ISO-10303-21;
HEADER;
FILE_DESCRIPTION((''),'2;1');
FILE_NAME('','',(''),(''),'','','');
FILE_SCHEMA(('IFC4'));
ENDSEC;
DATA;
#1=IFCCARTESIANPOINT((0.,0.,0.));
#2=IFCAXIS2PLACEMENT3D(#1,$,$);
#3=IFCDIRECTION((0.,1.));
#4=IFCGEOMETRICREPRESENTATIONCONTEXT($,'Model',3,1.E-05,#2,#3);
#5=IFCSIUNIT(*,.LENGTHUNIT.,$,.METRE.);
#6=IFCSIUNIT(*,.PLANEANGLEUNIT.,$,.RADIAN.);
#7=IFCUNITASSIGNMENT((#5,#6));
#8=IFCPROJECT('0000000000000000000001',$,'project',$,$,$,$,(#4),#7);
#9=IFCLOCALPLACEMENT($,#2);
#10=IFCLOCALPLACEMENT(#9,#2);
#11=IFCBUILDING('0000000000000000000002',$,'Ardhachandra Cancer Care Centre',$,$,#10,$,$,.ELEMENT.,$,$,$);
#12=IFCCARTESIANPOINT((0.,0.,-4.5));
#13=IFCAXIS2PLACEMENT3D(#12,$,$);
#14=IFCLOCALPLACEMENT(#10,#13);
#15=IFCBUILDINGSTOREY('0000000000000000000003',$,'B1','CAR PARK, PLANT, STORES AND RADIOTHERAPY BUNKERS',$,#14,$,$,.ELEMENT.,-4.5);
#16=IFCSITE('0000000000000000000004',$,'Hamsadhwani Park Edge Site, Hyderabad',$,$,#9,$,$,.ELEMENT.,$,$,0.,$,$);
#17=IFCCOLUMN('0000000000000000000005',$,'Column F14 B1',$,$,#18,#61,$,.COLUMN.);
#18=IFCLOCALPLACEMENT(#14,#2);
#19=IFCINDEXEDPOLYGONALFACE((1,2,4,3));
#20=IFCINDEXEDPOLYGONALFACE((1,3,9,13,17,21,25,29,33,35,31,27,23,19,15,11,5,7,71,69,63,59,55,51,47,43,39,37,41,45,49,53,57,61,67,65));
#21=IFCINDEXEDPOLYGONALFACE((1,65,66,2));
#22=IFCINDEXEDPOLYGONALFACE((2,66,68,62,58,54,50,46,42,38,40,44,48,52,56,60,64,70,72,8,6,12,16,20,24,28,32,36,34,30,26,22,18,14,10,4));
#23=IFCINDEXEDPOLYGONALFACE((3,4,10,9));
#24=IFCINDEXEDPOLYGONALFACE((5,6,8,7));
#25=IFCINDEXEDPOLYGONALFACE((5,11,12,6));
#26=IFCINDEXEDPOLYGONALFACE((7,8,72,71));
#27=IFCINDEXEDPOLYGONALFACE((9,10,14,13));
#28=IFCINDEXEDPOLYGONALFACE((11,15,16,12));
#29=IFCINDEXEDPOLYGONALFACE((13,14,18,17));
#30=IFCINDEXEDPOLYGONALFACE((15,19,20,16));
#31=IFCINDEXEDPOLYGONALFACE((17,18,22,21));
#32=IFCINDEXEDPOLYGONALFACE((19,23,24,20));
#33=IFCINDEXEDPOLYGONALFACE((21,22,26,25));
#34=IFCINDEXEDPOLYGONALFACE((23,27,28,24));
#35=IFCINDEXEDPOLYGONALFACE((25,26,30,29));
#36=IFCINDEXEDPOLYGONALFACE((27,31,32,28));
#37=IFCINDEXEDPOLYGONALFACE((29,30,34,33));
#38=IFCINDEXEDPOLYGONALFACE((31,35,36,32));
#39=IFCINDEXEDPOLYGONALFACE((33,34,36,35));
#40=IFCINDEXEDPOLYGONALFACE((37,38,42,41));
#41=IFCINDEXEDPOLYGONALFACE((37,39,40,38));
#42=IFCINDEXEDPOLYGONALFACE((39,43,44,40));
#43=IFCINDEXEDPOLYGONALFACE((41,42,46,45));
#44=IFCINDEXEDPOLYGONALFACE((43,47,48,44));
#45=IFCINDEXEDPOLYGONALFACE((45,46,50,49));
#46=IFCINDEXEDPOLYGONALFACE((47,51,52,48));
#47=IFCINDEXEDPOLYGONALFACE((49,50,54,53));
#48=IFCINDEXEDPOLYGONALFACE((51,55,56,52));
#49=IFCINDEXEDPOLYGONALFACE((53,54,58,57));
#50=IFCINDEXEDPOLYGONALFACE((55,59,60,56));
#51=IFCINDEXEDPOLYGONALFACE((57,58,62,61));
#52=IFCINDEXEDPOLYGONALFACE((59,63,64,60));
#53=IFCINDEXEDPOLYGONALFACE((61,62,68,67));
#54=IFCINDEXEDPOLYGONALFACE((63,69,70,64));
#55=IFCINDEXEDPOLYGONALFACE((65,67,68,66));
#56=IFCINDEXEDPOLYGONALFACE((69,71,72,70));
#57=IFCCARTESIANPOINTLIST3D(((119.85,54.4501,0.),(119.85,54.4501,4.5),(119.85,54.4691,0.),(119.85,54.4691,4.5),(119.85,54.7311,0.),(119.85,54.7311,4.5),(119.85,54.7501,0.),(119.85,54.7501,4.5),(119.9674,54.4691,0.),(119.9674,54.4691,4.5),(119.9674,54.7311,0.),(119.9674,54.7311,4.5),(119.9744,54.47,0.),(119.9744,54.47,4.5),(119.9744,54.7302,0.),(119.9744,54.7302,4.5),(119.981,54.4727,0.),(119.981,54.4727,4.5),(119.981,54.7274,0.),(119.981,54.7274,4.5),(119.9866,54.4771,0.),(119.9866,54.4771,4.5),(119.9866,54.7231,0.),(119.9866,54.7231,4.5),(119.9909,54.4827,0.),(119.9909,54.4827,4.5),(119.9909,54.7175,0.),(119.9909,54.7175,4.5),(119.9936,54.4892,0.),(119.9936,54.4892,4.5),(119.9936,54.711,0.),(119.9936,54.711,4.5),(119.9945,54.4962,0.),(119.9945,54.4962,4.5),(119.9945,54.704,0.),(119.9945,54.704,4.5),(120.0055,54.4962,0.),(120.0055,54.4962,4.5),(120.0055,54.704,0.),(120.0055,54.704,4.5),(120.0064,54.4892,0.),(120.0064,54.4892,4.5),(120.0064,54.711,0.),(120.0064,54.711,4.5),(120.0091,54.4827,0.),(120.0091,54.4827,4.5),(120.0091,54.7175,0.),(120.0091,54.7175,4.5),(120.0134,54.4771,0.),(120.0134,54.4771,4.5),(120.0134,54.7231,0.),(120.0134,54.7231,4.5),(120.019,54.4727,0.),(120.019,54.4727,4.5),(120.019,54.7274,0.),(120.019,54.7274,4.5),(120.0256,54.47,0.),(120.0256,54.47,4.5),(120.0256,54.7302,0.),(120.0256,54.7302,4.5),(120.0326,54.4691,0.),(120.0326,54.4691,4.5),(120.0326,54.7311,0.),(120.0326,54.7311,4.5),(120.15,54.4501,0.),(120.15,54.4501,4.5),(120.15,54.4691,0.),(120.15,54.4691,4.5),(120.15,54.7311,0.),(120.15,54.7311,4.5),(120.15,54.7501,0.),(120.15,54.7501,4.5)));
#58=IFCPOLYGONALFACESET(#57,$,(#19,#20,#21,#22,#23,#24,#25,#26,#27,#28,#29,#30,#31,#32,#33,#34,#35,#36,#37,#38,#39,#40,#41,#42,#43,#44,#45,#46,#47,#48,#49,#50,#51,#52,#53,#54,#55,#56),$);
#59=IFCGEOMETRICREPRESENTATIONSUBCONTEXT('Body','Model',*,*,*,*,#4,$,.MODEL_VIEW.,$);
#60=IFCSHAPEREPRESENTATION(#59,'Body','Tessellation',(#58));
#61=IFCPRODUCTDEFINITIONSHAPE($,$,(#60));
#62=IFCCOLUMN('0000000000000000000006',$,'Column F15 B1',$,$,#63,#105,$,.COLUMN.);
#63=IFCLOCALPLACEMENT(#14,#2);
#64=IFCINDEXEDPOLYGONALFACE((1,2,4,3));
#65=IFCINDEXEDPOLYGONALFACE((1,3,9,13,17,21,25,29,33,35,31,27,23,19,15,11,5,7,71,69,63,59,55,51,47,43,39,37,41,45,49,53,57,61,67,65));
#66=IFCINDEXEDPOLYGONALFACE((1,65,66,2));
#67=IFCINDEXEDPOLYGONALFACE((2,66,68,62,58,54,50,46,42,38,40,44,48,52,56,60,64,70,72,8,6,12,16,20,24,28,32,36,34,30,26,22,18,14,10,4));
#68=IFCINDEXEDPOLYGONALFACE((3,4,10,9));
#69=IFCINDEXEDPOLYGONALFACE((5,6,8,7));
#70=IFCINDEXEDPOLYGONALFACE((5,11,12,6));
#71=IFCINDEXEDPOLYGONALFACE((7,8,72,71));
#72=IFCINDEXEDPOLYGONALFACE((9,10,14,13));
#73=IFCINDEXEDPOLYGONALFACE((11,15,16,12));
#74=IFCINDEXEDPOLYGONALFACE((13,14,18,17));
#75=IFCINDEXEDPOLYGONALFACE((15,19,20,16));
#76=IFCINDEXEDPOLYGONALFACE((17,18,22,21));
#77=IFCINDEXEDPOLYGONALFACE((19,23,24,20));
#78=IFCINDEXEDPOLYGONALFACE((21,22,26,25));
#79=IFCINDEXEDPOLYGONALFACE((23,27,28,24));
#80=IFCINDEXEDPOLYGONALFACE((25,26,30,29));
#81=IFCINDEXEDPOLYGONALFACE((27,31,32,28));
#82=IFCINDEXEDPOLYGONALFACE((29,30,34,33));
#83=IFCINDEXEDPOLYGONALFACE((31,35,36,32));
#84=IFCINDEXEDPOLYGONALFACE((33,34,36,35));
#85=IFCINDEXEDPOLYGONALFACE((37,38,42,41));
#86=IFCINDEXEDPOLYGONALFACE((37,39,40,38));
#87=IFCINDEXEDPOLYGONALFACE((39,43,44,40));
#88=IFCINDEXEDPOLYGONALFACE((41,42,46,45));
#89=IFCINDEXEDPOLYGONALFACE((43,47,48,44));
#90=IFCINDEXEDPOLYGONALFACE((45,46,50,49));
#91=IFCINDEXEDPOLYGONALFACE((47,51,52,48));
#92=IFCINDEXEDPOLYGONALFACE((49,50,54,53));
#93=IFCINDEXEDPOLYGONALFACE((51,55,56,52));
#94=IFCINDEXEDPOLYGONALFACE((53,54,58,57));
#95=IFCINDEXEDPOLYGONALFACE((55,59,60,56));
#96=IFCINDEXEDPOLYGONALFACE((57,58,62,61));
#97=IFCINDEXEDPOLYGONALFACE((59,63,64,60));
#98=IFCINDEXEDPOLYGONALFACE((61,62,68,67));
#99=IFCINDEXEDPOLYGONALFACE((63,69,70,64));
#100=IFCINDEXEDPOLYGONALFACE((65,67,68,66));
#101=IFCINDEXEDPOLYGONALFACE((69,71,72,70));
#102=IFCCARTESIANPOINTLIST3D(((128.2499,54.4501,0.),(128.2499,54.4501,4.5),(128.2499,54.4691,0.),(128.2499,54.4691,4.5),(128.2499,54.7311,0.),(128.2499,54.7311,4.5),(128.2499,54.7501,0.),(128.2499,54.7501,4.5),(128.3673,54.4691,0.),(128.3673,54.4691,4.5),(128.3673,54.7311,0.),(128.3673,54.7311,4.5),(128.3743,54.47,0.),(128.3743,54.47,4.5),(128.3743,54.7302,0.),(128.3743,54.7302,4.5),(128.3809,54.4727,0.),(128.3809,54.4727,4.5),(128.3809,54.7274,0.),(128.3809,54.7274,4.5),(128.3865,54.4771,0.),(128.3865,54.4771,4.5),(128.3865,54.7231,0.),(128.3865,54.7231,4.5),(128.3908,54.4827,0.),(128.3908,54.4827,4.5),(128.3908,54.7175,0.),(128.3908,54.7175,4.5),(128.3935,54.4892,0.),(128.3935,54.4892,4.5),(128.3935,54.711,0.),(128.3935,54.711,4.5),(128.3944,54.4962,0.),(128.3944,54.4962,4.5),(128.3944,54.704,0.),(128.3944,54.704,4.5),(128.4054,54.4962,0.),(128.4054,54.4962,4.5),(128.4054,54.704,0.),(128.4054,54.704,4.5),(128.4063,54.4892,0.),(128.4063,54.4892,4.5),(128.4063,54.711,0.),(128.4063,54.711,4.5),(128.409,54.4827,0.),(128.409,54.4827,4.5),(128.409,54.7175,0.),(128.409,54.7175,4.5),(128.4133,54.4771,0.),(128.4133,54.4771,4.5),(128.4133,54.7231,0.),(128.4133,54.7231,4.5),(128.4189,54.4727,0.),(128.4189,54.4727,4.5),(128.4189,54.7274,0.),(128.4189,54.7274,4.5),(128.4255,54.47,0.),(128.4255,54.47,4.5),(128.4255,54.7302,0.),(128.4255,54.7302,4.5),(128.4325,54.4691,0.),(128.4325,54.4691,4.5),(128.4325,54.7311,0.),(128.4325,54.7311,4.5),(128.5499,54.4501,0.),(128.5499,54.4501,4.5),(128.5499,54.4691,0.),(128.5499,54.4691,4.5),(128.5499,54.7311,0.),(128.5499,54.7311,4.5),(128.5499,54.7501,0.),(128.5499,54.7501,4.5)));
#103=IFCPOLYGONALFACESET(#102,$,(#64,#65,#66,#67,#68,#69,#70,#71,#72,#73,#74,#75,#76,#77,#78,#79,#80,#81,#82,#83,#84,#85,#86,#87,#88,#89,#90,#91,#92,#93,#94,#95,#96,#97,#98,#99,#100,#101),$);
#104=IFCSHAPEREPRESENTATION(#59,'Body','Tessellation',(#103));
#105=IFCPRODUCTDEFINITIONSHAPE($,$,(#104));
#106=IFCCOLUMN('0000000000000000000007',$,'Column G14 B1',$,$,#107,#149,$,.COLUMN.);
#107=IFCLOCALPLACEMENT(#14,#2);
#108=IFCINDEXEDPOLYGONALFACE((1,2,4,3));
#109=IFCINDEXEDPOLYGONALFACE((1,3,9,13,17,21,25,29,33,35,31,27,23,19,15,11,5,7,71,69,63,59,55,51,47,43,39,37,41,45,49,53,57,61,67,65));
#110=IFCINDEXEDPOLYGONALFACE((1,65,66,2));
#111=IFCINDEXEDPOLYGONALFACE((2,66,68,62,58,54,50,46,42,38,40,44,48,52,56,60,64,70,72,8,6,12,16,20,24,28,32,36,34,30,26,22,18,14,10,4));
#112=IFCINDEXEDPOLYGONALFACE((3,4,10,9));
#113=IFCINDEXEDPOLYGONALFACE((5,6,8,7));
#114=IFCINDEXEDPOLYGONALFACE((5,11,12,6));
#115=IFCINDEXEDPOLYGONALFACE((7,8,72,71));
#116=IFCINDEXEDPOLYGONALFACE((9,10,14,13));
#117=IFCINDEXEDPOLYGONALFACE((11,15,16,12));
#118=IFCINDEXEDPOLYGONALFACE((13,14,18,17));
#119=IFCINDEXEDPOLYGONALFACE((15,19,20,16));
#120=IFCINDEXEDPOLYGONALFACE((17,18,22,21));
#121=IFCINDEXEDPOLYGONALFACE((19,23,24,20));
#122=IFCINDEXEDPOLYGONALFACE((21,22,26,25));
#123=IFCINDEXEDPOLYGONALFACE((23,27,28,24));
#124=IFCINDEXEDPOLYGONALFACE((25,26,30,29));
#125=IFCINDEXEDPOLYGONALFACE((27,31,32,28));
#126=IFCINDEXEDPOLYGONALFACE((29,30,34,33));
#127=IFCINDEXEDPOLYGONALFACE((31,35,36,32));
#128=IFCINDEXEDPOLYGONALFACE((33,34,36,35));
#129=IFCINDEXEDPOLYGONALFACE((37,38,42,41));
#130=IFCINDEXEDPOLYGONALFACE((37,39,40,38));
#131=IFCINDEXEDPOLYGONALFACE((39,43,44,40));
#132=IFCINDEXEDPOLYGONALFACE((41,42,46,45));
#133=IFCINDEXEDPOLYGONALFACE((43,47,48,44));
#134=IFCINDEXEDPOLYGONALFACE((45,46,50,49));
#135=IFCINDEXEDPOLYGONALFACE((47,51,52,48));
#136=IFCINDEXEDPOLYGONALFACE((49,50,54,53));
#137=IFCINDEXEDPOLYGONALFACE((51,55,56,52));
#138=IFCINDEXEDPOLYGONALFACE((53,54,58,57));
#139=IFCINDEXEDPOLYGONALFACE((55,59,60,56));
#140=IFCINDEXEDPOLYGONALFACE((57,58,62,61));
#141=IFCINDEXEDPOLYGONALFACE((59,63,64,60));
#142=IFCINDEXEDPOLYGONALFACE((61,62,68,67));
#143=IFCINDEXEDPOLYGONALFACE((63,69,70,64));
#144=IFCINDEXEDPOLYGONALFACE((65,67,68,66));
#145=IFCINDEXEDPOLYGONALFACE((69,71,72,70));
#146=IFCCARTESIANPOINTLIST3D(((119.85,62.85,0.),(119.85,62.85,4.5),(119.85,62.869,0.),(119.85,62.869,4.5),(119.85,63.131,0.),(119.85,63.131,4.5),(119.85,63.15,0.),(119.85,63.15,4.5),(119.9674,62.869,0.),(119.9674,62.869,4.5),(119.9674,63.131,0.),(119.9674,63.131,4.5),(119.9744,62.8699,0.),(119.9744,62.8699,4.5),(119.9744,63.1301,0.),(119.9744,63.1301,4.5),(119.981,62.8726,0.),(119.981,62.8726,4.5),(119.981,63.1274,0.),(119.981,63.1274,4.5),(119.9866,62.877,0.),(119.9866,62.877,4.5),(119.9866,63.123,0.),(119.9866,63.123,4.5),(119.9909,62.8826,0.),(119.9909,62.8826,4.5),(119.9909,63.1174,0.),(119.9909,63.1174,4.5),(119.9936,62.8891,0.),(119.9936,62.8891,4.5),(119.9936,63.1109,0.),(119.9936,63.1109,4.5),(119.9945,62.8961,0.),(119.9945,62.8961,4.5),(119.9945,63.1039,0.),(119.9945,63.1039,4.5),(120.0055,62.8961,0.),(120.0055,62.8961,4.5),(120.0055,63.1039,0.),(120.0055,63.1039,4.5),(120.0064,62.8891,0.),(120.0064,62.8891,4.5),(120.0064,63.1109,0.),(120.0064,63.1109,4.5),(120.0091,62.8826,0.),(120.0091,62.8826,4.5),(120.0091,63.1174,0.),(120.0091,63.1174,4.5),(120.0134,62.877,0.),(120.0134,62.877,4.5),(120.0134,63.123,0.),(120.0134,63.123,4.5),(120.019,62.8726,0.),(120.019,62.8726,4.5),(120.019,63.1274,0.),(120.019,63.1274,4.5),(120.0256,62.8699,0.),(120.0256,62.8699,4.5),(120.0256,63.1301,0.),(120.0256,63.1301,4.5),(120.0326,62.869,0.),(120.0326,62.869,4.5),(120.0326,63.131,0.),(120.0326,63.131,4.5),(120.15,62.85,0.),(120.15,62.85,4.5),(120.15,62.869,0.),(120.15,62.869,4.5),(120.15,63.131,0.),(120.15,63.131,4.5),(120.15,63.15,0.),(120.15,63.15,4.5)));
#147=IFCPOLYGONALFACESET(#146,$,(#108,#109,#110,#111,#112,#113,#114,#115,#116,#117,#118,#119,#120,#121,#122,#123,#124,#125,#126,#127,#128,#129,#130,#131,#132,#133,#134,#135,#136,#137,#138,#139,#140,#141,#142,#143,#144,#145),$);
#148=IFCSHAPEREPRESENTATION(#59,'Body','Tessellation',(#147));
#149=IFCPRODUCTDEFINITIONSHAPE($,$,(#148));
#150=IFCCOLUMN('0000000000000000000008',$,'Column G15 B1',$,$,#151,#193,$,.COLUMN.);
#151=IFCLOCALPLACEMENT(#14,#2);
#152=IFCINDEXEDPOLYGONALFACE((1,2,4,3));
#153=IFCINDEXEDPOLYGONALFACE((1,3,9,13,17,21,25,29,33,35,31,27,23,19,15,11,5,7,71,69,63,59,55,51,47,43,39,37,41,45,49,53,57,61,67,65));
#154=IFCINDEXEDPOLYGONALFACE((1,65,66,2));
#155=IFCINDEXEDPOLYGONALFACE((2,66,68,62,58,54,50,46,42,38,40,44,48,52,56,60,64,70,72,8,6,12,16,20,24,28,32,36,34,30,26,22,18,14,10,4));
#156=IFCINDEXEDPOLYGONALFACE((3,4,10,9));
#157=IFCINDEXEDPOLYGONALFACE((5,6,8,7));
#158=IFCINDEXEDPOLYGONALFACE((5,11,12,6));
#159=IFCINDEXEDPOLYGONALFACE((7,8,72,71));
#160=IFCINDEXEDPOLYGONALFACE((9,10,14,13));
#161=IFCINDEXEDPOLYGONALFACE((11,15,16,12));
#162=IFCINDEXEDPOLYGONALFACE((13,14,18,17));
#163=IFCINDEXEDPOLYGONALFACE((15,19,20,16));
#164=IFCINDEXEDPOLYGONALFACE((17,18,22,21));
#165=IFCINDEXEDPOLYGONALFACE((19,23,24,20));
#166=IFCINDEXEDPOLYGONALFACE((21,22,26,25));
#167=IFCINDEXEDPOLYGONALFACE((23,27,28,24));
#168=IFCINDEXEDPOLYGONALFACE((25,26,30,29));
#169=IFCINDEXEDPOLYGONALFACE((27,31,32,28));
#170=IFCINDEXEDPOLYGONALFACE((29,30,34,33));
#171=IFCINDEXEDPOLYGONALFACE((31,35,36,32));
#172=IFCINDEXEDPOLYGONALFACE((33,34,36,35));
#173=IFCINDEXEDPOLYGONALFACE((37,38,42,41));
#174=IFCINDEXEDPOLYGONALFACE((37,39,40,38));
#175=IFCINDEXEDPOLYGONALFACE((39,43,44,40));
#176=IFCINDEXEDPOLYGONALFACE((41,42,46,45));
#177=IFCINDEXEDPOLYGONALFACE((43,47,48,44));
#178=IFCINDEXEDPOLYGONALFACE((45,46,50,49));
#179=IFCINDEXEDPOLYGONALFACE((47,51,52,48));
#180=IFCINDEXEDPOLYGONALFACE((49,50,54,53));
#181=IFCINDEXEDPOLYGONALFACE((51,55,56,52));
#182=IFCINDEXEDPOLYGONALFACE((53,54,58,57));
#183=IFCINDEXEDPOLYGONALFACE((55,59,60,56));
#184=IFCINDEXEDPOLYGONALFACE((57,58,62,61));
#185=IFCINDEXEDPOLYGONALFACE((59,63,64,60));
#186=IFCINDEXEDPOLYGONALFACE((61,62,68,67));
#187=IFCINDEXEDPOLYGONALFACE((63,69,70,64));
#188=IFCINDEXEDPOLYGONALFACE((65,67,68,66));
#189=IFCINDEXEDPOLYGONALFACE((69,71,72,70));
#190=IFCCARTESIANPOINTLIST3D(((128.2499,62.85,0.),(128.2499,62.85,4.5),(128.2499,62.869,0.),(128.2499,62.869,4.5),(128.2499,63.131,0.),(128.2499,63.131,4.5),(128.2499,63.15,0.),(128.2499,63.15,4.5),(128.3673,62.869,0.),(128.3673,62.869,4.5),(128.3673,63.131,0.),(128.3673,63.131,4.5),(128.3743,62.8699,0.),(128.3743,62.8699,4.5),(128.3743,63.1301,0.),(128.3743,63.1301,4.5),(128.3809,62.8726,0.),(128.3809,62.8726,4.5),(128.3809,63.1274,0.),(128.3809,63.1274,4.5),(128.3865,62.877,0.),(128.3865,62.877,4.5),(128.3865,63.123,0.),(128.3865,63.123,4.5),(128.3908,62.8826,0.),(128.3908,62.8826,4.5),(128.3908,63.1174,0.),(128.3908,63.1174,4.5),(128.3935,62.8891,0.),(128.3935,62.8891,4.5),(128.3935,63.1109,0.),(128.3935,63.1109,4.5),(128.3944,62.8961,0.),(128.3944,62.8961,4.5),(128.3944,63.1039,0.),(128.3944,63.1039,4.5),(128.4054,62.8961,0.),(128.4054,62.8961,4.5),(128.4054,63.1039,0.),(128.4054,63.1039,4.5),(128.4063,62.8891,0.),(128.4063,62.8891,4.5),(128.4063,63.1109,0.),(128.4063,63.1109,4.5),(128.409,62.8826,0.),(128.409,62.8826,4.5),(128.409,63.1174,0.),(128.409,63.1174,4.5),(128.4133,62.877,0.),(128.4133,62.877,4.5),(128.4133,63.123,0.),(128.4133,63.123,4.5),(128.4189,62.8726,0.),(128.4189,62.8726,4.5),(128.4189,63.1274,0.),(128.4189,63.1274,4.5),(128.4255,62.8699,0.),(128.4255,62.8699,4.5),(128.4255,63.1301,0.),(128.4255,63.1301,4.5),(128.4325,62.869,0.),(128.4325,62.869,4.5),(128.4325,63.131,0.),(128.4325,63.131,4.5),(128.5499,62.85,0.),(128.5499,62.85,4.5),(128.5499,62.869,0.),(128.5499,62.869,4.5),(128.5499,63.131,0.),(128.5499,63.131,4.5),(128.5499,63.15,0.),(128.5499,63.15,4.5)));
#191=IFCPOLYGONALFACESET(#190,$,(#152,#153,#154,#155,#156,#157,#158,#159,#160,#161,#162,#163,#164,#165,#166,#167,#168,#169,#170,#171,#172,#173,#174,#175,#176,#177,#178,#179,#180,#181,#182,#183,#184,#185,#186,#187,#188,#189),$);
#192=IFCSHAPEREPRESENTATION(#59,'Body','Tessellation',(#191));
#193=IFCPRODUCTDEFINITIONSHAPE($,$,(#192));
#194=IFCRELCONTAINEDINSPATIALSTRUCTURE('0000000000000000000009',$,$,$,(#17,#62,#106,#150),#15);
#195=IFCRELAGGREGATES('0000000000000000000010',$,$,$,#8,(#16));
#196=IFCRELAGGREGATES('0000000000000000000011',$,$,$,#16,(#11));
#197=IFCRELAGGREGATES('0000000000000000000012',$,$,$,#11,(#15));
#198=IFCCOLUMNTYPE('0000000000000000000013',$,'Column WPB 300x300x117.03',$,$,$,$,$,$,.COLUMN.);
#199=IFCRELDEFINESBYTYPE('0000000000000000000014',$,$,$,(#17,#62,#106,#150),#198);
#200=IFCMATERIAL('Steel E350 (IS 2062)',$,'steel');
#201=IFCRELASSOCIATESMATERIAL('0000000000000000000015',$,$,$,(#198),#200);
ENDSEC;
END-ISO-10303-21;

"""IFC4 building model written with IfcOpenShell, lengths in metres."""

from ifc_helpers import new_model, si_unit, direction, frame, origin, origin_2d, place, context, subcontext, project, spatial, i_section, extrude, material, material_profile, profile_set, type_object, element, save


model = new_model("IFC4")

# Units and contexts
model_context = context("Model", 3, precision=1e-05, world=origin(), true_north=direction((0.0, 1.0)))
body_context = subcontext(model_context, "Body", "Model", "MODEL_VIEW")
ifc_project = project(units=[si_unit("LENGTHUNIT", "METRE"), si_unit("PLANEANGLEUNIT", "RADIAN")], contexts=[model_context])

# Site, building, storey
site_placement = place(None, origin())
site = spatial("IfcSite", under=ifc_project, at=site_placement, Name="Hamsadhwani Park Edge Site, Hyderabad", CompositionType="ELEMENT", RefElevation=0.0)
building_placement = place(site_placement, origin())
building = spatial("IfcBuilding", under=site, at=building_placement, Name="Ardhachandra Cancer Care Centre", CompositionType="ELEMENT")
storey_placement = place(building_placement, frame((0.0, 0.0, -4.5)))
storey = spatial("IfcBuildingStorey", under=building, at=storey_placement, Name="B1", Description="CAR PARK, PLANT, STORES AND RADIOTHERAPY BUNKERS", CompositionType="ELEMENT", Elevation=-4.5)

# Columns
ifc_material_1 = material(Name="Steel E350 (IS 2062)", Category="steel")
ifc_material_profile_1 = material_profile(ifc_material_1, i_section(OverallWidth=0.3, OverallDepth=0.3, WebThickness=0.011, FlangeThickness=0.019, FilletRadius=0.0271, at=origin_2d()), Name="WPB 300x300x117.03")
ifc_profile_set_1 = profile_set([ifc_material_profile_1], Name="Steel E350 (IS 2062)")
column_type = type_object("IfcColumnType", Name="Column WPB 300x300x117.03", PredefinedType="COLUMN", material=ifc_profile_set_1)
for number, where, z_axis, x_axis, name in (
    (1, (120.0, 54.6001, 0.0), (0.0, 0.0, 1.0), (1.0, 0.0, 0.0), "Column F14 B1"),
    (2, (128.3999, 54.6001, 0.0), (0.0, 0.0, 1.0), (1.0, 0.0, 0.0), "Column F15 B1"),
    (3, (120.0, 63.0, 0.0), (0.0, 0.0, 1.0), (1.0, 0.0, 0.0), "Column G14 B1"),
    (4, (128.3999, 63.0, 0.0), (0.0, 0.0, 1.0), (1.0, 0.0, 0.0), "Column G15 B1"),
):
    element("IfcColumn", number, at=place(storey_placement, frame(where, z_axis=z_axis, x_axis=x_axis)), inside=storey, type_object=column_type, Name=name, PredefinedType="COLUMN", context=body_context, shape_type="SweptSolid", body=[
        extrude(i_section(OverallWidth=0.3, OverallDepth=0.3, WebThickness=0.011, FlangeThickness=0.019, FilletRadius=0.0271, at=origin_2d()), origin(), (0.0, 0.0, 1.0), 4.5),
    ])

save(model, "model.ifc")
